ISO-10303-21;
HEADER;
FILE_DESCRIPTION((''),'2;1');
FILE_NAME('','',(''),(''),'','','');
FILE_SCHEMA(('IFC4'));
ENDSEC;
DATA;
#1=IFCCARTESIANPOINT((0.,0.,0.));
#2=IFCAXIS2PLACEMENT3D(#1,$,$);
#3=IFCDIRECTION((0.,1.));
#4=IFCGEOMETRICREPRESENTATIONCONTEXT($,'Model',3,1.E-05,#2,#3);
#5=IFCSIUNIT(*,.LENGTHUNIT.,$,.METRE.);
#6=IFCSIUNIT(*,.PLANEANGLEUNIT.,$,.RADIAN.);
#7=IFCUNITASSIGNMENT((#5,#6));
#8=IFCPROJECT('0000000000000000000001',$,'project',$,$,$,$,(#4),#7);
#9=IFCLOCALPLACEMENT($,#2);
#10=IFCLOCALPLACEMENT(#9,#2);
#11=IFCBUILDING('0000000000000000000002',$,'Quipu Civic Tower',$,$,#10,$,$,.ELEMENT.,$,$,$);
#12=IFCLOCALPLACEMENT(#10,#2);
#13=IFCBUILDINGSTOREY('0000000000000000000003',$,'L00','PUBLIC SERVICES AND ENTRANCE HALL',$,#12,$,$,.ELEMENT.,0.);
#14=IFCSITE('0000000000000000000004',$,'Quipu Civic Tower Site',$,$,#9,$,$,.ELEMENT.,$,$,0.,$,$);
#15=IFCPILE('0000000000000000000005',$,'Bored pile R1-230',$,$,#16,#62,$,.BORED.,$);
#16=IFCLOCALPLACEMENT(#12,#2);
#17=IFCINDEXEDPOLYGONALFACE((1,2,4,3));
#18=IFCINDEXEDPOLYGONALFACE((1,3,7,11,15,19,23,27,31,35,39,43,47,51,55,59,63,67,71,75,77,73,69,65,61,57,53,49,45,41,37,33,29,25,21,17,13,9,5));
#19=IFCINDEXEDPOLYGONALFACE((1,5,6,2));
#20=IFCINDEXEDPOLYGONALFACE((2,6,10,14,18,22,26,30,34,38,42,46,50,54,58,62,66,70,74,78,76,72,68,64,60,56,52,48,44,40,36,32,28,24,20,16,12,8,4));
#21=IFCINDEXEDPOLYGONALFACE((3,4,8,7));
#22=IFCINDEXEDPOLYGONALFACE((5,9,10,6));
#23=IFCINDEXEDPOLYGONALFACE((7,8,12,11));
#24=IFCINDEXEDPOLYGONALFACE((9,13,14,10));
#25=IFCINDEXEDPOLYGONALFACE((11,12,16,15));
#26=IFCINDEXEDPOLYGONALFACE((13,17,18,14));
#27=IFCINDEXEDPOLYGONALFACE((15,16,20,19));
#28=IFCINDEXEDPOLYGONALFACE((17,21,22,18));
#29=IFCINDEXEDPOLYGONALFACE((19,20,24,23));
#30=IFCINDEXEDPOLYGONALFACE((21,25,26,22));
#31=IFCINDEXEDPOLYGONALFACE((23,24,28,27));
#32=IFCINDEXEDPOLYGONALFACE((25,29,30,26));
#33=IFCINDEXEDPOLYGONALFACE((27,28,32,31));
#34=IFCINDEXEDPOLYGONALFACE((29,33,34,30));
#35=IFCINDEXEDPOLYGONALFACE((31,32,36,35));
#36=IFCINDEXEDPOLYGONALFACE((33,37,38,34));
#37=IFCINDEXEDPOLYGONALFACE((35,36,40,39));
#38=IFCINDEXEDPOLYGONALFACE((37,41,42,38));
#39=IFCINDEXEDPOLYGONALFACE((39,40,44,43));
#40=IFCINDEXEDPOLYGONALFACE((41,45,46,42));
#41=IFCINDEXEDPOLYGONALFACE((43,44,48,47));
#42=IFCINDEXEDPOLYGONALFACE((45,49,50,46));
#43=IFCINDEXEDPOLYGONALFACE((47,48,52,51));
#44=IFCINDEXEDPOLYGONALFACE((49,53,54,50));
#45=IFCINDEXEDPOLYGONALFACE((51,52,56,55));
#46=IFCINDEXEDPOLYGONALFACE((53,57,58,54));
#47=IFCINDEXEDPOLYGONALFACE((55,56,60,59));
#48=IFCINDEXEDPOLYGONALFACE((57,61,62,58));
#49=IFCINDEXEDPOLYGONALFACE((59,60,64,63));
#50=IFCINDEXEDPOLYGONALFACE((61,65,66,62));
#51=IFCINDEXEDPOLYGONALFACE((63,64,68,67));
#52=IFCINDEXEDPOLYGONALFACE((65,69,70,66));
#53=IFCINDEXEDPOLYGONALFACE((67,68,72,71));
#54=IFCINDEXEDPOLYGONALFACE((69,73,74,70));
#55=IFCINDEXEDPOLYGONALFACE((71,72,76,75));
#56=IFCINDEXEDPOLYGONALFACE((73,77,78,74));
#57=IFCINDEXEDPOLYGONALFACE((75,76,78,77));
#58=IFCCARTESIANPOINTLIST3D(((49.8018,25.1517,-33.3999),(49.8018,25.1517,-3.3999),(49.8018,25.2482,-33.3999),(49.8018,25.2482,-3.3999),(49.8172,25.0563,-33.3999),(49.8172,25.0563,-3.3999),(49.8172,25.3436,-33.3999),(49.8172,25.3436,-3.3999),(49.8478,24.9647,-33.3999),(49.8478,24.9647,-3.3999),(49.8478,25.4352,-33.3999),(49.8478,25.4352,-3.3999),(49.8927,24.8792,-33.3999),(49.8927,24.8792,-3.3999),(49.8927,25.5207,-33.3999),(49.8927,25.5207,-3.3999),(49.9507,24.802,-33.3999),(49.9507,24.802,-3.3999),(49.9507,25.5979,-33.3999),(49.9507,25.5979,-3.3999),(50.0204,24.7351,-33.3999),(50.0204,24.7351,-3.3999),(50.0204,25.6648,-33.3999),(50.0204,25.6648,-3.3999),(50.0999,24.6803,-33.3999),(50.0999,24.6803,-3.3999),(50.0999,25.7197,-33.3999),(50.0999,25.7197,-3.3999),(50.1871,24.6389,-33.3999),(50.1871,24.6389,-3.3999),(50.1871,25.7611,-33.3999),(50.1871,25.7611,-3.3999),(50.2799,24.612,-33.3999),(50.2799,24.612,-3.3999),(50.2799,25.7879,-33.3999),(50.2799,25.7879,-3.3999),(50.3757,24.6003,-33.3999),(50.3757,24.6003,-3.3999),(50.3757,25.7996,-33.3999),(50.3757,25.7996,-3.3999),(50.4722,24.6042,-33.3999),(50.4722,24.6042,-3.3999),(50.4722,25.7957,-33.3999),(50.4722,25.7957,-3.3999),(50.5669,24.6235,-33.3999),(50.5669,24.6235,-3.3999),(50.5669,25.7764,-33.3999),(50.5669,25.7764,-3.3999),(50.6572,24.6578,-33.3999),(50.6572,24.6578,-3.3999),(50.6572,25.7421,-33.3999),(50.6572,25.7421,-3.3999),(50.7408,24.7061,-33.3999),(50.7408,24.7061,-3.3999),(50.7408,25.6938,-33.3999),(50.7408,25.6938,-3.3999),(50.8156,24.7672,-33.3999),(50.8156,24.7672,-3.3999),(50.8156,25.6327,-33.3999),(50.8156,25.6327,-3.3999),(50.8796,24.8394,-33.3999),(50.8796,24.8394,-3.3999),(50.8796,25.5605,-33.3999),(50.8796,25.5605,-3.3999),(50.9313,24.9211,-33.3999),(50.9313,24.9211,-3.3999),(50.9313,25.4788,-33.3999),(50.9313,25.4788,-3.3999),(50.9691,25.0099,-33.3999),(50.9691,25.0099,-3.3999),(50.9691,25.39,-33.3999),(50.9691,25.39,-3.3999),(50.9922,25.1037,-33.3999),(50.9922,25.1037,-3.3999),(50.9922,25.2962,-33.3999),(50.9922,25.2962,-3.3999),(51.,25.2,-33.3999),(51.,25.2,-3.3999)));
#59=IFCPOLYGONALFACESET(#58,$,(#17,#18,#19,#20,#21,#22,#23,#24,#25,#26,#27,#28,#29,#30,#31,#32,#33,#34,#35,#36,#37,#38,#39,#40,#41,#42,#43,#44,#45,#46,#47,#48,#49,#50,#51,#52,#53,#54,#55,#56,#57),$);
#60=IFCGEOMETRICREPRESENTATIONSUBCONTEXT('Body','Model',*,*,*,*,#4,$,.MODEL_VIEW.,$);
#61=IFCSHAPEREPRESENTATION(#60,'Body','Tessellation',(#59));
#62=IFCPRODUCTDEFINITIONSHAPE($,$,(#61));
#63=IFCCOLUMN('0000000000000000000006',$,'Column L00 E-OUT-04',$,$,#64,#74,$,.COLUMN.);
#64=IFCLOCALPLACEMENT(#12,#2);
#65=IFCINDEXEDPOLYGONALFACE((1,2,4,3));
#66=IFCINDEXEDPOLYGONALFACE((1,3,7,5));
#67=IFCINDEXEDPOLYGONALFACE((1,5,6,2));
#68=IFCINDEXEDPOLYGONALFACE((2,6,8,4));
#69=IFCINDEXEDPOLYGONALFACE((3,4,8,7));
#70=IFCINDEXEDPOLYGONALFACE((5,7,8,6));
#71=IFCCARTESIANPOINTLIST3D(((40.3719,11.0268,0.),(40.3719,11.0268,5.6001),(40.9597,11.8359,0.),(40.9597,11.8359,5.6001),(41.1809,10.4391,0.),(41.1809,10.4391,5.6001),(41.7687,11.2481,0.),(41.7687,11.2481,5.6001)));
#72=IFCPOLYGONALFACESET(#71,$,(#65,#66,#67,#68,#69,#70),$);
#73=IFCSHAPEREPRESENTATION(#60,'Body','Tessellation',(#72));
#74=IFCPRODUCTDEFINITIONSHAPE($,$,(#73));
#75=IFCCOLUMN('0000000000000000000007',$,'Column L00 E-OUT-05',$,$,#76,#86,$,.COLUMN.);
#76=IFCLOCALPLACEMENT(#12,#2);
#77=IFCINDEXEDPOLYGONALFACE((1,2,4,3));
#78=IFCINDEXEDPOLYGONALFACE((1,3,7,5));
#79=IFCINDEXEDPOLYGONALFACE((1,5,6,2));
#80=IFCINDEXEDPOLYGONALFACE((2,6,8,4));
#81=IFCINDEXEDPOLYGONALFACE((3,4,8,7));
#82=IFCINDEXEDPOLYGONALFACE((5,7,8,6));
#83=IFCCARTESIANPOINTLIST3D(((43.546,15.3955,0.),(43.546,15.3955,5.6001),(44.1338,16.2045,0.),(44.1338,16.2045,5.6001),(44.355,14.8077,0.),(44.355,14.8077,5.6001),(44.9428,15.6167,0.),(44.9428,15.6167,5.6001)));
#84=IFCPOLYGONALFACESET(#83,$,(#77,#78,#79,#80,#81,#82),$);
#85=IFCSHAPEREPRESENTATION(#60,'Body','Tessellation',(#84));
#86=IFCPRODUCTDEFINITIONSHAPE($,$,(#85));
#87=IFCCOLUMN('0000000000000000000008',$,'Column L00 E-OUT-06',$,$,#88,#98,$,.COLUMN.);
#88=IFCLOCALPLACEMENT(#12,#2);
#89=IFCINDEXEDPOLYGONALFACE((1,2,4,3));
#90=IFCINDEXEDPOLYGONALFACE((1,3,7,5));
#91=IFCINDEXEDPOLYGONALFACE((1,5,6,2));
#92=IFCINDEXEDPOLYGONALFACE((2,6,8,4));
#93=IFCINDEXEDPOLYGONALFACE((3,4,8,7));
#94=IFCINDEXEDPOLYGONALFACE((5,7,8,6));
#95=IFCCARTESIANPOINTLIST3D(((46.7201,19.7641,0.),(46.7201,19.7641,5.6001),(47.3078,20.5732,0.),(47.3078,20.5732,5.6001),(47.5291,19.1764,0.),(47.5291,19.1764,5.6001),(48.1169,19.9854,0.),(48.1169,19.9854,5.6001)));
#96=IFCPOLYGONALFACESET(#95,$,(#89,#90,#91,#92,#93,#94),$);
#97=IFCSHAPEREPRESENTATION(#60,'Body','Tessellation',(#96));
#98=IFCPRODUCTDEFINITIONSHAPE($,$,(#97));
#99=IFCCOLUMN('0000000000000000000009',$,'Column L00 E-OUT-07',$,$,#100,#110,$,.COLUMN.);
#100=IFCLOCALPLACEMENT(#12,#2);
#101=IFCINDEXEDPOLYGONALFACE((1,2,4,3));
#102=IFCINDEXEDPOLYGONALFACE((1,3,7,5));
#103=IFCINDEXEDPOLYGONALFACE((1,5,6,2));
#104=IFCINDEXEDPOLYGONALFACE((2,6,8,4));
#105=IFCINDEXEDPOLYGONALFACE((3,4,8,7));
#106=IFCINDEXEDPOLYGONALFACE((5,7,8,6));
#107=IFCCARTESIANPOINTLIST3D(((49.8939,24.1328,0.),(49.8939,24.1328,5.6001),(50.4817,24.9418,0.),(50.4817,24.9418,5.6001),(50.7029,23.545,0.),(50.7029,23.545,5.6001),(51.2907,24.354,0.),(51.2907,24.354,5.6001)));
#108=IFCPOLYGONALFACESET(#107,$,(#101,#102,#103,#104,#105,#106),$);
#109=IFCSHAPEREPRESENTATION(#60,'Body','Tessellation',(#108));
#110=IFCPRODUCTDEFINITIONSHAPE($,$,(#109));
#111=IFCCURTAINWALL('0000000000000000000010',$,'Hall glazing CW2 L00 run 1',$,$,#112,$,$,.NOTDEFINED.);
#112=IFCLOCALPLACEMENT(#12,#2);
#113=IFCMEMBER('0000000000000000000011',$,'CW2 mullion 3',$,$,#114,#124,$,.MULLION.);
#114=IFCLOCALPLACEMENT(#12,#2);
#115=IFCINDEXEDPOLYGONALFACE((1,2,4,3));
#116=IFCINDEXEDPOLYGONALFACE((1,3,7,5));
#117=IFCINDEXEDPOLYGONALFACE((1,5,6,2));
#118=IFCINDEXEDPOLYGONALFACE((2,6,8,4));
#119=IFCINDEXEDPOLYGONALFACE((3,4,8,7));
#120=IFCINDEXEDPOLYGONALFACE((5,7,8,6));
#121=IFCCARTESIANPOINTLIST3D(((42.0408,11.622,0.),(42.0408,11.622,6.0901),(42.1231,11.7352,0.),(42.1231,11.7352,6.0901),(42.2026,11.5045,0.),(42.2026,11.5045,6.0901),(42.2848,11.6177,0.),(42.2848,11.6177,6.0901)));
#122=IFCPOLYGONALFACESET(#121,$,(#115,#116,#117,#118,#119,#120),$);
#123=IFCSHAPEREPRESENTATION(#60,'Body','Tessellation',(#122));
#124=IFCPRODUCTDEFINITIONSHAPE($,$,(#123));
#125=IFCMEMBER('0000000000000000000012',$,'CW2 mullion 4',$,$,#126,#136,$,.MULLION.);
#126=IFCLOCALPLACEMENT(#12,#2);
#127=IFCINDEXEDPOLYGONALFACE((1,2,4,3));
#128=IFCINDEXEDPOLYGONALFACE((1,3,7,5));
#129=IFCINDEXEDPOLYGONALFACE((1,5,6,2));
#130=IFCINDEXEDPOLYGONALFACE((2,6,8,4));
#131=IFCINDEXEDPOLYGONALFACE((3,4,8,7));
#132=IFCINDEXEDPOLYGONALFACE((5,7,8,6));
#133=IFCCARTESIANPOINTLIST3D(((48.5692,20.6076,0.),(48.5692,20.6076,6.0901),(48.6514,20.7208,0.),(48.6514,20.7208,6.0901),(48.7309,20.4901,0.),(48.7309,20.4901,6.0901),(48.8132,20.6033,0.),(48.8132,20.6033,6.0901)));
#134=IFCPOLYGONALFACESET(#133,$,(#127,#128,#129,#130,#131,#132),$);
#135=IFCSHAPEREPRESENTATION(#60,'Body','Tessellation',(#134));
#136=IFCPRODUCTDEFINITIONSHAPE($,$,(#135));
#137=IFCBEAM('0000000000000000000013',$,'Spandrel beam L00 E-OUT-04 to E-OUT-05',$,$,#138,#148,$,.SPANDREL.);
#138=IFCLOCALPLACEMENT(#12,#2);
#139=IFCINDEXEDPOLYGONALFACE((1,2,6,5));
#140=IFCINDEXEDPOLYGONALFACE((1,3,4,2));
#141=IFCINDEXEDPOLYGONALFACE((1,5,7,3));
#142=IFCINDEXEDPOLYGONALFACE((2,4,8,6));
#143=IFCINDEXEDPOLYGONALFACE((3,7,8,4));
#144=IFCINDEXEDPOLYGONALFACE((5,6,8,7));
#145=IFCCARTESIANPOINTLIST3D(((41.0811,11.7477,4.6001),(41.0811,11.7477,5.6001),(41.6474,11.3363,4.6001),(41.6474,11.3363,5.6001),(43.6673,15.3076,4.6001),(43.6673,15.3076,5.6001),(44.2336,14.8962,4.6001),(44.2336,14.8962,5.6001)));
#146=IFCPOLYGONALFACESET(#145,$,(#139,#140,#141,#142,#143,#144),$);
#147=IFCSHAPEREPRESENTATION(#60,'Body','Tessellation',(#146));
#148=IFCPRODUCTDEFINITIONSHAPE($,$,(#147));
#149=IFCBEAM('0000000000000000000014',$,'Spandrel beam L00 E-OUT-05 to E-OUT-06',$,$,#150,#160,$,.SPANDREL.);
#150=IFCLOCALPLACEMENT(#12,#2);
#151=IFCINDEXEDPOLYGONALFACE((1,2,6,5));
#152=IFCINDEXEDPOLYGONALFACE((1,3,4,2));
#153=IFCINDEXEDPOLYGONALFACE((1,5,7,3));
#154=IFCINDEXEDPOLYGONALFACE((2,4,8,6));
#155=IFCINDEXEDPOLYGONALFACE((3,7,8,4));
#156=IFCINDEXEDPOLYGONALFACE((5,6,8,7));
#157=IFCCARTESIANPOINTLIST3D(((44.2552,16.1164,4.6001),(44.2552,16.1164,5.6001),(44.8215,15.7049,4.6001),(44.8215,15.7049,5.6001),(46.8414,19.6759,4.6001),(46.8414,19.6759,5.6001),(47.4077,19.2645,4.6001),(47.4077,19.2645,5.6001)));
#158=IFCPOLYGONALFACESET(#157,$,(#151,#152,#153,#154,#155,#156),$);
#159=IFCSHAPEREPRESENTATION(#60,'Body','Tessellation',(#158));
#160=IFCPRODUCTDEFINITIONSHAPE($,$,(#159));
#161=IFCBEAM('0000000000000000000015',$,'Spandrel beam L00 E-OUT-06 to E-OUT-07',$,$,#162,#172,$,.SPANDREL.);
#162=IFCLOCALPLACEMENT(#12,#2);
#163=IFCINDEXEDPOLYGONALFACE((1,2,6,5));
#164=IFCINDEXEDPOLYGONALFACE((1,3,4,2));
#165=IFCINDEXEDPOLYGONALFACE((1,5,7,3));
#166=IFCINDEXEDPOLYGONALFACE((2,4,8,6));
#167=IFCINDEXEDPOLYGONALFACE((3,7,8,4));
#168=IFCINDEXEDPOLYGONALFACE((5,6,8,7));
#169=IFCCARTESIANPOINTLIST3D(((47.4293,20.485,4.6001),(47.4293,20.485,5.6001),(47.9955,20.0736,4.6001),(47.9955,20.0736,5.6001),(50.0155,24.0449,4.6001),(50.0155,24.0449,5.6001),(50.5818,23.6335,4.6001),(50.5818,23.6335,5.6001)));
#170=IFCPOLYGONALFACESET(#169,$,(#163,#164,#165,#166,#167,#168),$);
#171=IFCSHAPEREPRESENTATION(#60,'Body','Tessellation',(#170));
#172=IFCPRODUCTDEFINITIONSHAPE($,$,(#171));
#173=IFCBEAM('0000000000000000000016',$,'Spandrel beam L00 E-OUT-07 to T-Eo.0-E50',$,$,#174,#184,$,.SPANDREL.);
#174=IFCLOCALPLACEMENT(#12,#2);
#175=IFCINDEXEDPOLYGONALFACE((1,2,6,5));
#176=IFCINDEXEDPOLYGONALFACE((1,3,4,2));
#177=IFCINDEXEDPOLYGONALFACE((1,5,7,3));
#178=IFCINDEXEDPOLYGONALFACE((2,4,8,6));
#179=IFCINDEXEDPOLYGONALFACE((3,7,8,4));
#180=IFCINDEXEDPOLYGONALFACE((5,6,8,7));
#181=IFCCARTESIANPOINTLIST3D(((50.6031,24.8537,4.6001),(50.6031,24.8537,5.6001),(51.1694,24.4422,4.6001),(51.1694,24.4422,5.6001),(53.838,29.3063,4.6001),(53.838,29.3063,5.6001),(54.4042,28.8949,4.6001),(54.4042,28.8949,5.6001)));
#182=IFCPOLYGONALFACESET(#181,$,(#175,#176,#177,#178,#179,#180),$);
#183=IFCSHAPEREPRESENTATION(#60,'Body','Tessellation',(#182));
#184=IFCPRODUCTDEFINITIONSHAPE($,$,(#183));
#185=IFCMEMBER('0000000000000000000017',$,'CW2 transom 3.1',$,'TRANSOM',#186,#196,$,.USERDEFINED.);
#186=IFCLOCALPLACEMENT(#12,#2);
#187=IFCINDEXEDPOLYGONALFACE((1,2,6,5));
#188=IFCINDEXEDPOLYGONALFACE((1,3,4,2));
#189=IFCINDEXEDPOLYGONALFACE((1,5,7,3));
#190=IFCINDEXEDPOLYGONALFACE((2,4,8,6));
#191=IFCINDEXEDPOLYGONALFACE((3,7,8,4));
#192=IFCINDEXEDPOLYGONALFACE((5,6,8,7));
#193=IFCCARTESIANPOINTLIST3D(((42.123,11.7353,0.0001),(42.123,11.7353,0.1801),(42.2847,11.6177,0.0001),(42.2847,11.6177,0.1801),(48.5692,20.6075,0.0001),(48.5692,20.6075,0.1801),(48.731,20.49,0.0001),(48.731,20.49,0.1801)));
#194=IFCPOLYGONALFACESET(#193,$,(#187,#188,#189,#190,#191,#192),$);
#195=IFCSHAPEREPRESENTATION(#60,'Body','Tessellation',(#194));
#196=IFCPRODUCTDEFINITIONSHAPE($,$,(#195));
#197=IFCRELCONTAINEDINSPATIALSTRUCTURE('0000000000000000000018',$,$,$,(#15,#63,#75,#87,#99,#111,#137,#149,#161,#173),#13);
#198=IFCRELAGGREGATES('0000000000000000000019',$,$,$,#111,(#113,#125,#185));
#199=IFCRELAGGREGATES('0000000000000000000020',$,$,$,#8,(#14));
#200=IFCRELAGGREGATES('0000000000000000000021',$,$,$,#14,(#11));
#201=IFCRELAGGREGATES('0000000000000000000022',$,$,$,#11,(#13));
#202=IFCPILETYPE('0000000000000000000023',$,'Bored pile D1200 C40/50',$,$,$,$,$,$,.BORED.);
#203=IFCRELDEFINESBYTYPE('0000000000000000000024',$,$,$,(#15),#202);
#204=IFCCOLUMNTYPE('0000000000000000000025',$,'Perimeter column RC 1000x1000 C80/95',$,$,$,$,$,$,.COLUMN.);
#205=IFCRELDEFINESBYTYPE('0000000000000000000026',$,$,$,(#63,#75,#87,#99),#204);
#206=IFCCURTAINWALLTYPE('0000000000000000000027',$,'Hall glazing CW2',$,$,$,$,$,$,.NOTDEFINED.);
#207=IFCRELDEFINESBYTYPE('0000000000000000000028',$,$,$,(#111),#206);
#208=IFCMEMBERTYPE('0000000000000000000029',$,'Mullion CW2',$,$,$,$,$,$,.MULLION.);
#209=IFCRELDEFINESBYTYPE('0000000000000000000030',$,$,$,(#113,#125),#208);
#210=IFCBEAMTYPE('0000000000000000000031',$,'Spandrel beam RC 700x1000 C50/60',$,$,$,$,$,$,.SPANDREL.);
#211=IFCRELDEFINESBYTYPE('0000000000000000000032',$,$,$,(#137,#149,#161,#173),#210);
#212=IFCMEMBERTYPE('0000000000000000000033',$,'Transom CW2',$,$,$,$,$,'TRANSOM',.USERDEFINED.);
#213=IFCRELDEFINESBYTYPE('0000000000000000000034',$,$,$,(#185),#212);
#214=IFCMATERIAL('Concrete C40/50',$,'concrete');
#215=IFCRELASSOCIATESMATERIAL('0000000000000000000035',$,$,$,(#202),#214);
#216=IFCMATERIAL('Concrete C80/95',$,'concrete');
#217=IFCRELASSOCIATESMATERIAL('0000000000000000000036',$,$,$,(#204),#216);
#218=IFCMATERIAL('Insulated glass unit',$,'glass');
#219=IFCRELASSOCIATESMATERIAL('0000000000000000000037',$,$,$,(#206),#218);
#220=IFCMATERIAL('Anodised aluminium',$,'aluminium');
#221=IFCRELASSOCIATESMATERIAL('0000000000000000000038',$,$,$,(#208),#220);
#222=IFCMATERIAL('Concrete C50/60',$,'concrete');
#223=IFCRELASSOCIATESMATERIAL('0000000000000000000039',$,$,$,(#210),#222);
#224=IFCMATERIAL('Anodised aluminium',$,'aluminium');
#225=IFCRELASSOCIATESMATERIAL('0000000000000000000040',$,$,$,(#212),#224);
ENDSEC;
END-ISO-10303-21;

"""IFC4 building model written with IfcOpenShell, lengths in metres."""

from ifc_helpers import new_model, si_unit, direction, frame, origin, origin_2d, place, context, subcontext, project, spatial, rectangle, circle, extrude, material, material_profile, profile_set, type_object, element, aggregate, save


model = new_model("IFC4")

# Units and contexts
model_context = context("Model", 3, precision=1e-05, world=origin(), true_north=direction((0.0, 1.0)))
body_context = subcontext(model_context, "Body", "Model", "MODEL_VIEW")
ifc_project = project(units=[si_unit("LENGTHUNIT", "METRE"), si_unit("PLANEANGLEUNIT", "RADIAN")], contexts=[model_context])

# Site, building, storey
site_placement = place(None, origin())
site = spatial("IfcSite", under=ifc_project, at=site_placement, Name="Quipu Civic Tower Site", CompositionType="ELEMENT", RefElevation=0.0)
building_placement = place(site_placement, origin())
building = spatial("IfcBuilding", under=site, at=building_placement, Name="Quipu Civic Tower", CompositionType="ELEMENT")
storey_placement = place(building_placement, origin())
storey = spatial("IfcBuildingStorey", under=building, at=storey_placement, Name="L00", Description="PUBLIC SERVICES AND ENTRANCE HALL", CompositionType="ELEMENT", Elevation=0.0)

# Pile
ifc_material_1 = material(Name="Concrete C40/50", Category="concrete")
ifc_material_profile_1 = material_profile(ifc_material_1, circle(Radius=0.6001, at=origin_2d()), Name="RCD1200")
ifc_profile_set_1 = profile_set([ifc_material_profile_1], Name="Concrete C40/50")
pile_type = type_object("IfcPileType", Name="Bored pile D1200 C40/50", PredefinedType="BORED", material=ifc_profile_set_1)
for number, where, z_axis, x_axis, name in (
    (1, (50.3999, 25.2, -3.3999), (0.0, 0.0, -1.0), (1.0, 0.0, 0.0), "Bored pile R1-230"),
):
    element("IfcPile", number, at=place(storey_placement, frame(where, z_axis=z_axis, x_axis=x_axis)), inside=storey, type_object=pile_type, Name=name, PredefinedType="BORED", context=body_context, shape_type="SweptSolid", body=[
        extrude(circle(Radius=0.6001, at=origin_2d()), origin(), (0.0, 0.0, 1.0), 30.0),
    ])

# Columns
ifc_material_2 = material(Name="Concrete C80/95", Category="concrete")
ifc_material_profile_2 = material_profile(ifc_material_2, rectangle(XDim=1.0, YDim=1.0, at=origin_2d()), Name="RC1000x1000")
ifc_profile_set_2 = profile_set([ifc_material_profile_2], Name="Concrete C80/95")
column_type = type_object("IfcColumnType", Name="Perimeter column RC 1000x1000 C80/95", PredefinedType="COLUMN", material=ifc_profile_set_2)
for number, where, z_axis, x_axis, name in (
    (2, (41.0703, 11.1375, 0.0), (0.0, 0.0, 1.0), (0.587785, 0.809017, 0.0), "Column L00 E-OUT-04"),
    (3, (44.2444, 15.5061, 0.0), (0.0, 0.0, 1.0), (0.587785, 0.809017, 0.0), "Column L00 E-OUT-05"),
    (4, (47.4185, 19.8748, 0.0), (0.0, 0.0, 1.0), (0.587785, 0.809017, 0.0), "Column L00 E-OUT-06"),
    (5, (50.5923, 24.2434, 0.0), (0.0, 0.0, 1.0), (0.587785, 0.809017, 0.0), "Column L00 E-OUT-07"),
):
    element("IfcColumn", number, at=place(storey_placement, frame(where, z_axis=z_axis, x_axis=x_axis)), inside=storey, type_object=column_type, Name=name, PredefinedType="COLUMN", context=body_context, shape_type="SweptSolid", body=[
        extrude(rectangle(XDim=1.0, YDim=1.0, at=origin_2d()), origin(), (0.0, 0.0, 1.0), 5.6001),
    ])

# Curtain wall, members
ifc_material_3 = material(Name="Insulated glass unit", Category="glass")
curtain_wall_type = type_object("IfcCurtainWallType", Name="Hall glazing CW2", PredefinedType="NOTDEFINED", material=ifc_material_3)
curtain_wall_placement = place(storey_placement, origin())
curtain_wall = element("IfcCurtainWall", 6, at=curtain_wall_placement, inside=storey, type_object=curtain_wall_type, Name="Hall glazing CW2 L00 run 1", PredefinedType="NOTDEFINED")
ifc_material_4 = material(Name="Anodised aluminium", Category="aluminium")
ifc_material_profile_3 = material_profile(ifc_material_4, rectangle(XDim=0.2, YDim=0.1399, at=origin_2d()), Name="RECT 200x140")
ifc_profile_set_3 = profile_set([ifc_material_profile_3], Name="Anodised aluminium")
member_type_1 = type_object("IfcMemberType", Name="Mullion CW2", PredefinedType="MULLION", material=ifc_profile_set_3)
member_1_placement = place(storey_placement, frame((42.1628, 11.6199, 0.0), z_axis=(0.0, 0.0, 1.0), x_axis=(-0.809018, 0.587784, 0.0)))
member_1 = element("IfcMember", 7, at=member_1_placement, type_object=member_type_1, Name="CW2 mullion 3", PredefinedType="MULLION", context=body_context, shape_type="SweptSolid", body=[
    extrude(rectangle(XDim=0.2, YDim=0.1399, at=origin_2d()), origin(), (0.0, 0.0, 1.0), 6.0901),
])
member_2_placement = place(storey_placement, frame((48.6912, 20.6055, 0.0), z_axis=(0.0, 0.0, 1.0), x_axis=(-0.809018, 0.587784, 0.0)))
member_2 = element("IfcMember", 8, at=member_2_placement, type_object=member_type_1, Name="CW2 mullion 4", PredefinedType="MULLION", context=body_context, shape_type="SweptSolid", body=[
    extrude(rectangle(XDim=0.2, YDim=0.1399, at=origin_2d()), origin(), (0.0, 0.0, 1.0), 6.0901),
])

# Beams
ifc_material_5 = material(Name="Concrete C50/60", Category="concrete")
ifc_material_profile_4 = material_profile(ifc_material_5, rectangle(XDim=0.7, YDim=1.0, at=origin_2d()), Name="RC700x1000")
ifc_profile_set_4 = profile_set([ifc_material_profile_4], Name="Concrete C50/60")
beam_type = type_object("IfcBeamType", Name="Spandrel beam RC 700x1000 C50/60", PredefinedType="SPANDREL", material=ifc_profile_set_4)
beam_1_placement = place(storey_placement, frame((41.3643, 11.542, 5.1001), z_axis=(0.587759, 0.809036, 0.0), x_axis=(-0.809036, 0.587759, 0.0)))
element("IfcBeam", 9, at=beam_1_placement, inside=storey, type_object=beam_type, Name="Spandrel beam L00 E-OUT-04 to E-OUT-05", PredefinedType="SPANDREL", context=body_context, shape_type="SweptSolid", body=[
    extrude(rectangle(XDim=0.7, YDim=1.0, at=origin_2d()), origin(), (0.0, 0.0, 1.0), 4.4001),
])
beam_2_placement = place(storey_placement, frame((44.5383, 15.9106, 5.1001), z_axis=(0.587786, 0.809017, 0.0), x_axis=(-0.809017, 0.587786, 0.0)))
element("IfcBeam", 10, at=beam_2_placement, inside=storey, type_object=beam_type, Name="Spandrel beam L00 E-OUT-05 to E-OUT-06", PredefinedType="SPANDREL", context=body_context, shape_type="SweptSolid", body=[
    extrude(rectangle(XDim=0.7, YDim=1.0, at=origin_2d()), origin(), (0.0, 0.0, 1.0), 4.3999),
])
beam_3_placement = place(storey_placement, frame((47.7124, 20.2793, 5.1001), z_axis=(0.587759, 0.809036, 0.0), x_axis=(-0.809036, 0.587759, 0.0)))
element("IfcBeam", 11, at=beam_3_placement, inside=storey, type_object=beam_type, Name="Spandrel beam L00 E-OUT-06 to E-OUT-07", PredefinedType="SPANDREL", context=body_context, shape_type="SweptSolid", body=[
    extrude(rectangle(XDim=0.7, YDim=1.0, at=origin_2d()), origin(), (0.0, 0.0, 1.0), 4.4001),
])
beam_4_placement = place(storey_placement, frame((50.8862, 24.6479, 5.1001), z_axis=(0.587765, 0.809031, 0.0), x_axis=(-0.809031, 0.587765, 0.0)))
element("IfcBeam", 12, at=beam_4_placement, inside=storey, type_object=beam_type, Name="Spandrel beam L00 E-OUT-07 to T-Eo.0-E50", PredefinedType="SPANDREL", context=body_context, shape_type="SweptSolid", body=[
    extrude(rectangle(XDim=0.7, YDim=1.0, at=origin_2d()), origin(), (0.0, 0.0, 1.0), 5.5037),
])

# Member
ifc_material_6 = material(Name="Anodised aluminium", Category="aluminium")
ifc_material_profile_5 = material_profile(ifc_material_6, rectangle(XDim=0.2, YDim=0.1799, at=origin_2d()), Name="RECT 200x180")
ifc_profile_set_5 = profile_set([ifc_material_profile_5], Name="Anodised aluminium")
member_type_2 = type_object("IfcMemberType", Name="Transom CW2", ElementType="TRANSOM", PredefinedType="USERDEFINED", material=ifc_profile_set_5)
member_3_placement = place(storey_placement, frame((42.2039, 11.6765, 0.0901), z_axis=(0.587796, 0.809009, 0.0), x_axis=(-0.809009, 0.587796, 0.0)))
member_3 = element("IfcMember", 13, at=member_3_placement, type_object=member_type_2, Name="CW2 transom 3.1", ObjectType="TRANSOM", PredefinedType="USERDEFINED", context=body_context, shape_type="SweptSolid", body=[
    extrude(rectangle(XDim=0.2, YDim=0.1799, at=origin_2d()), origin(), (0.0, 0.0, 1.0), 10.9668),
])

aggregate(curtain_wall, [member_1, member_2, member_3])

save(model, "model.ifc")
